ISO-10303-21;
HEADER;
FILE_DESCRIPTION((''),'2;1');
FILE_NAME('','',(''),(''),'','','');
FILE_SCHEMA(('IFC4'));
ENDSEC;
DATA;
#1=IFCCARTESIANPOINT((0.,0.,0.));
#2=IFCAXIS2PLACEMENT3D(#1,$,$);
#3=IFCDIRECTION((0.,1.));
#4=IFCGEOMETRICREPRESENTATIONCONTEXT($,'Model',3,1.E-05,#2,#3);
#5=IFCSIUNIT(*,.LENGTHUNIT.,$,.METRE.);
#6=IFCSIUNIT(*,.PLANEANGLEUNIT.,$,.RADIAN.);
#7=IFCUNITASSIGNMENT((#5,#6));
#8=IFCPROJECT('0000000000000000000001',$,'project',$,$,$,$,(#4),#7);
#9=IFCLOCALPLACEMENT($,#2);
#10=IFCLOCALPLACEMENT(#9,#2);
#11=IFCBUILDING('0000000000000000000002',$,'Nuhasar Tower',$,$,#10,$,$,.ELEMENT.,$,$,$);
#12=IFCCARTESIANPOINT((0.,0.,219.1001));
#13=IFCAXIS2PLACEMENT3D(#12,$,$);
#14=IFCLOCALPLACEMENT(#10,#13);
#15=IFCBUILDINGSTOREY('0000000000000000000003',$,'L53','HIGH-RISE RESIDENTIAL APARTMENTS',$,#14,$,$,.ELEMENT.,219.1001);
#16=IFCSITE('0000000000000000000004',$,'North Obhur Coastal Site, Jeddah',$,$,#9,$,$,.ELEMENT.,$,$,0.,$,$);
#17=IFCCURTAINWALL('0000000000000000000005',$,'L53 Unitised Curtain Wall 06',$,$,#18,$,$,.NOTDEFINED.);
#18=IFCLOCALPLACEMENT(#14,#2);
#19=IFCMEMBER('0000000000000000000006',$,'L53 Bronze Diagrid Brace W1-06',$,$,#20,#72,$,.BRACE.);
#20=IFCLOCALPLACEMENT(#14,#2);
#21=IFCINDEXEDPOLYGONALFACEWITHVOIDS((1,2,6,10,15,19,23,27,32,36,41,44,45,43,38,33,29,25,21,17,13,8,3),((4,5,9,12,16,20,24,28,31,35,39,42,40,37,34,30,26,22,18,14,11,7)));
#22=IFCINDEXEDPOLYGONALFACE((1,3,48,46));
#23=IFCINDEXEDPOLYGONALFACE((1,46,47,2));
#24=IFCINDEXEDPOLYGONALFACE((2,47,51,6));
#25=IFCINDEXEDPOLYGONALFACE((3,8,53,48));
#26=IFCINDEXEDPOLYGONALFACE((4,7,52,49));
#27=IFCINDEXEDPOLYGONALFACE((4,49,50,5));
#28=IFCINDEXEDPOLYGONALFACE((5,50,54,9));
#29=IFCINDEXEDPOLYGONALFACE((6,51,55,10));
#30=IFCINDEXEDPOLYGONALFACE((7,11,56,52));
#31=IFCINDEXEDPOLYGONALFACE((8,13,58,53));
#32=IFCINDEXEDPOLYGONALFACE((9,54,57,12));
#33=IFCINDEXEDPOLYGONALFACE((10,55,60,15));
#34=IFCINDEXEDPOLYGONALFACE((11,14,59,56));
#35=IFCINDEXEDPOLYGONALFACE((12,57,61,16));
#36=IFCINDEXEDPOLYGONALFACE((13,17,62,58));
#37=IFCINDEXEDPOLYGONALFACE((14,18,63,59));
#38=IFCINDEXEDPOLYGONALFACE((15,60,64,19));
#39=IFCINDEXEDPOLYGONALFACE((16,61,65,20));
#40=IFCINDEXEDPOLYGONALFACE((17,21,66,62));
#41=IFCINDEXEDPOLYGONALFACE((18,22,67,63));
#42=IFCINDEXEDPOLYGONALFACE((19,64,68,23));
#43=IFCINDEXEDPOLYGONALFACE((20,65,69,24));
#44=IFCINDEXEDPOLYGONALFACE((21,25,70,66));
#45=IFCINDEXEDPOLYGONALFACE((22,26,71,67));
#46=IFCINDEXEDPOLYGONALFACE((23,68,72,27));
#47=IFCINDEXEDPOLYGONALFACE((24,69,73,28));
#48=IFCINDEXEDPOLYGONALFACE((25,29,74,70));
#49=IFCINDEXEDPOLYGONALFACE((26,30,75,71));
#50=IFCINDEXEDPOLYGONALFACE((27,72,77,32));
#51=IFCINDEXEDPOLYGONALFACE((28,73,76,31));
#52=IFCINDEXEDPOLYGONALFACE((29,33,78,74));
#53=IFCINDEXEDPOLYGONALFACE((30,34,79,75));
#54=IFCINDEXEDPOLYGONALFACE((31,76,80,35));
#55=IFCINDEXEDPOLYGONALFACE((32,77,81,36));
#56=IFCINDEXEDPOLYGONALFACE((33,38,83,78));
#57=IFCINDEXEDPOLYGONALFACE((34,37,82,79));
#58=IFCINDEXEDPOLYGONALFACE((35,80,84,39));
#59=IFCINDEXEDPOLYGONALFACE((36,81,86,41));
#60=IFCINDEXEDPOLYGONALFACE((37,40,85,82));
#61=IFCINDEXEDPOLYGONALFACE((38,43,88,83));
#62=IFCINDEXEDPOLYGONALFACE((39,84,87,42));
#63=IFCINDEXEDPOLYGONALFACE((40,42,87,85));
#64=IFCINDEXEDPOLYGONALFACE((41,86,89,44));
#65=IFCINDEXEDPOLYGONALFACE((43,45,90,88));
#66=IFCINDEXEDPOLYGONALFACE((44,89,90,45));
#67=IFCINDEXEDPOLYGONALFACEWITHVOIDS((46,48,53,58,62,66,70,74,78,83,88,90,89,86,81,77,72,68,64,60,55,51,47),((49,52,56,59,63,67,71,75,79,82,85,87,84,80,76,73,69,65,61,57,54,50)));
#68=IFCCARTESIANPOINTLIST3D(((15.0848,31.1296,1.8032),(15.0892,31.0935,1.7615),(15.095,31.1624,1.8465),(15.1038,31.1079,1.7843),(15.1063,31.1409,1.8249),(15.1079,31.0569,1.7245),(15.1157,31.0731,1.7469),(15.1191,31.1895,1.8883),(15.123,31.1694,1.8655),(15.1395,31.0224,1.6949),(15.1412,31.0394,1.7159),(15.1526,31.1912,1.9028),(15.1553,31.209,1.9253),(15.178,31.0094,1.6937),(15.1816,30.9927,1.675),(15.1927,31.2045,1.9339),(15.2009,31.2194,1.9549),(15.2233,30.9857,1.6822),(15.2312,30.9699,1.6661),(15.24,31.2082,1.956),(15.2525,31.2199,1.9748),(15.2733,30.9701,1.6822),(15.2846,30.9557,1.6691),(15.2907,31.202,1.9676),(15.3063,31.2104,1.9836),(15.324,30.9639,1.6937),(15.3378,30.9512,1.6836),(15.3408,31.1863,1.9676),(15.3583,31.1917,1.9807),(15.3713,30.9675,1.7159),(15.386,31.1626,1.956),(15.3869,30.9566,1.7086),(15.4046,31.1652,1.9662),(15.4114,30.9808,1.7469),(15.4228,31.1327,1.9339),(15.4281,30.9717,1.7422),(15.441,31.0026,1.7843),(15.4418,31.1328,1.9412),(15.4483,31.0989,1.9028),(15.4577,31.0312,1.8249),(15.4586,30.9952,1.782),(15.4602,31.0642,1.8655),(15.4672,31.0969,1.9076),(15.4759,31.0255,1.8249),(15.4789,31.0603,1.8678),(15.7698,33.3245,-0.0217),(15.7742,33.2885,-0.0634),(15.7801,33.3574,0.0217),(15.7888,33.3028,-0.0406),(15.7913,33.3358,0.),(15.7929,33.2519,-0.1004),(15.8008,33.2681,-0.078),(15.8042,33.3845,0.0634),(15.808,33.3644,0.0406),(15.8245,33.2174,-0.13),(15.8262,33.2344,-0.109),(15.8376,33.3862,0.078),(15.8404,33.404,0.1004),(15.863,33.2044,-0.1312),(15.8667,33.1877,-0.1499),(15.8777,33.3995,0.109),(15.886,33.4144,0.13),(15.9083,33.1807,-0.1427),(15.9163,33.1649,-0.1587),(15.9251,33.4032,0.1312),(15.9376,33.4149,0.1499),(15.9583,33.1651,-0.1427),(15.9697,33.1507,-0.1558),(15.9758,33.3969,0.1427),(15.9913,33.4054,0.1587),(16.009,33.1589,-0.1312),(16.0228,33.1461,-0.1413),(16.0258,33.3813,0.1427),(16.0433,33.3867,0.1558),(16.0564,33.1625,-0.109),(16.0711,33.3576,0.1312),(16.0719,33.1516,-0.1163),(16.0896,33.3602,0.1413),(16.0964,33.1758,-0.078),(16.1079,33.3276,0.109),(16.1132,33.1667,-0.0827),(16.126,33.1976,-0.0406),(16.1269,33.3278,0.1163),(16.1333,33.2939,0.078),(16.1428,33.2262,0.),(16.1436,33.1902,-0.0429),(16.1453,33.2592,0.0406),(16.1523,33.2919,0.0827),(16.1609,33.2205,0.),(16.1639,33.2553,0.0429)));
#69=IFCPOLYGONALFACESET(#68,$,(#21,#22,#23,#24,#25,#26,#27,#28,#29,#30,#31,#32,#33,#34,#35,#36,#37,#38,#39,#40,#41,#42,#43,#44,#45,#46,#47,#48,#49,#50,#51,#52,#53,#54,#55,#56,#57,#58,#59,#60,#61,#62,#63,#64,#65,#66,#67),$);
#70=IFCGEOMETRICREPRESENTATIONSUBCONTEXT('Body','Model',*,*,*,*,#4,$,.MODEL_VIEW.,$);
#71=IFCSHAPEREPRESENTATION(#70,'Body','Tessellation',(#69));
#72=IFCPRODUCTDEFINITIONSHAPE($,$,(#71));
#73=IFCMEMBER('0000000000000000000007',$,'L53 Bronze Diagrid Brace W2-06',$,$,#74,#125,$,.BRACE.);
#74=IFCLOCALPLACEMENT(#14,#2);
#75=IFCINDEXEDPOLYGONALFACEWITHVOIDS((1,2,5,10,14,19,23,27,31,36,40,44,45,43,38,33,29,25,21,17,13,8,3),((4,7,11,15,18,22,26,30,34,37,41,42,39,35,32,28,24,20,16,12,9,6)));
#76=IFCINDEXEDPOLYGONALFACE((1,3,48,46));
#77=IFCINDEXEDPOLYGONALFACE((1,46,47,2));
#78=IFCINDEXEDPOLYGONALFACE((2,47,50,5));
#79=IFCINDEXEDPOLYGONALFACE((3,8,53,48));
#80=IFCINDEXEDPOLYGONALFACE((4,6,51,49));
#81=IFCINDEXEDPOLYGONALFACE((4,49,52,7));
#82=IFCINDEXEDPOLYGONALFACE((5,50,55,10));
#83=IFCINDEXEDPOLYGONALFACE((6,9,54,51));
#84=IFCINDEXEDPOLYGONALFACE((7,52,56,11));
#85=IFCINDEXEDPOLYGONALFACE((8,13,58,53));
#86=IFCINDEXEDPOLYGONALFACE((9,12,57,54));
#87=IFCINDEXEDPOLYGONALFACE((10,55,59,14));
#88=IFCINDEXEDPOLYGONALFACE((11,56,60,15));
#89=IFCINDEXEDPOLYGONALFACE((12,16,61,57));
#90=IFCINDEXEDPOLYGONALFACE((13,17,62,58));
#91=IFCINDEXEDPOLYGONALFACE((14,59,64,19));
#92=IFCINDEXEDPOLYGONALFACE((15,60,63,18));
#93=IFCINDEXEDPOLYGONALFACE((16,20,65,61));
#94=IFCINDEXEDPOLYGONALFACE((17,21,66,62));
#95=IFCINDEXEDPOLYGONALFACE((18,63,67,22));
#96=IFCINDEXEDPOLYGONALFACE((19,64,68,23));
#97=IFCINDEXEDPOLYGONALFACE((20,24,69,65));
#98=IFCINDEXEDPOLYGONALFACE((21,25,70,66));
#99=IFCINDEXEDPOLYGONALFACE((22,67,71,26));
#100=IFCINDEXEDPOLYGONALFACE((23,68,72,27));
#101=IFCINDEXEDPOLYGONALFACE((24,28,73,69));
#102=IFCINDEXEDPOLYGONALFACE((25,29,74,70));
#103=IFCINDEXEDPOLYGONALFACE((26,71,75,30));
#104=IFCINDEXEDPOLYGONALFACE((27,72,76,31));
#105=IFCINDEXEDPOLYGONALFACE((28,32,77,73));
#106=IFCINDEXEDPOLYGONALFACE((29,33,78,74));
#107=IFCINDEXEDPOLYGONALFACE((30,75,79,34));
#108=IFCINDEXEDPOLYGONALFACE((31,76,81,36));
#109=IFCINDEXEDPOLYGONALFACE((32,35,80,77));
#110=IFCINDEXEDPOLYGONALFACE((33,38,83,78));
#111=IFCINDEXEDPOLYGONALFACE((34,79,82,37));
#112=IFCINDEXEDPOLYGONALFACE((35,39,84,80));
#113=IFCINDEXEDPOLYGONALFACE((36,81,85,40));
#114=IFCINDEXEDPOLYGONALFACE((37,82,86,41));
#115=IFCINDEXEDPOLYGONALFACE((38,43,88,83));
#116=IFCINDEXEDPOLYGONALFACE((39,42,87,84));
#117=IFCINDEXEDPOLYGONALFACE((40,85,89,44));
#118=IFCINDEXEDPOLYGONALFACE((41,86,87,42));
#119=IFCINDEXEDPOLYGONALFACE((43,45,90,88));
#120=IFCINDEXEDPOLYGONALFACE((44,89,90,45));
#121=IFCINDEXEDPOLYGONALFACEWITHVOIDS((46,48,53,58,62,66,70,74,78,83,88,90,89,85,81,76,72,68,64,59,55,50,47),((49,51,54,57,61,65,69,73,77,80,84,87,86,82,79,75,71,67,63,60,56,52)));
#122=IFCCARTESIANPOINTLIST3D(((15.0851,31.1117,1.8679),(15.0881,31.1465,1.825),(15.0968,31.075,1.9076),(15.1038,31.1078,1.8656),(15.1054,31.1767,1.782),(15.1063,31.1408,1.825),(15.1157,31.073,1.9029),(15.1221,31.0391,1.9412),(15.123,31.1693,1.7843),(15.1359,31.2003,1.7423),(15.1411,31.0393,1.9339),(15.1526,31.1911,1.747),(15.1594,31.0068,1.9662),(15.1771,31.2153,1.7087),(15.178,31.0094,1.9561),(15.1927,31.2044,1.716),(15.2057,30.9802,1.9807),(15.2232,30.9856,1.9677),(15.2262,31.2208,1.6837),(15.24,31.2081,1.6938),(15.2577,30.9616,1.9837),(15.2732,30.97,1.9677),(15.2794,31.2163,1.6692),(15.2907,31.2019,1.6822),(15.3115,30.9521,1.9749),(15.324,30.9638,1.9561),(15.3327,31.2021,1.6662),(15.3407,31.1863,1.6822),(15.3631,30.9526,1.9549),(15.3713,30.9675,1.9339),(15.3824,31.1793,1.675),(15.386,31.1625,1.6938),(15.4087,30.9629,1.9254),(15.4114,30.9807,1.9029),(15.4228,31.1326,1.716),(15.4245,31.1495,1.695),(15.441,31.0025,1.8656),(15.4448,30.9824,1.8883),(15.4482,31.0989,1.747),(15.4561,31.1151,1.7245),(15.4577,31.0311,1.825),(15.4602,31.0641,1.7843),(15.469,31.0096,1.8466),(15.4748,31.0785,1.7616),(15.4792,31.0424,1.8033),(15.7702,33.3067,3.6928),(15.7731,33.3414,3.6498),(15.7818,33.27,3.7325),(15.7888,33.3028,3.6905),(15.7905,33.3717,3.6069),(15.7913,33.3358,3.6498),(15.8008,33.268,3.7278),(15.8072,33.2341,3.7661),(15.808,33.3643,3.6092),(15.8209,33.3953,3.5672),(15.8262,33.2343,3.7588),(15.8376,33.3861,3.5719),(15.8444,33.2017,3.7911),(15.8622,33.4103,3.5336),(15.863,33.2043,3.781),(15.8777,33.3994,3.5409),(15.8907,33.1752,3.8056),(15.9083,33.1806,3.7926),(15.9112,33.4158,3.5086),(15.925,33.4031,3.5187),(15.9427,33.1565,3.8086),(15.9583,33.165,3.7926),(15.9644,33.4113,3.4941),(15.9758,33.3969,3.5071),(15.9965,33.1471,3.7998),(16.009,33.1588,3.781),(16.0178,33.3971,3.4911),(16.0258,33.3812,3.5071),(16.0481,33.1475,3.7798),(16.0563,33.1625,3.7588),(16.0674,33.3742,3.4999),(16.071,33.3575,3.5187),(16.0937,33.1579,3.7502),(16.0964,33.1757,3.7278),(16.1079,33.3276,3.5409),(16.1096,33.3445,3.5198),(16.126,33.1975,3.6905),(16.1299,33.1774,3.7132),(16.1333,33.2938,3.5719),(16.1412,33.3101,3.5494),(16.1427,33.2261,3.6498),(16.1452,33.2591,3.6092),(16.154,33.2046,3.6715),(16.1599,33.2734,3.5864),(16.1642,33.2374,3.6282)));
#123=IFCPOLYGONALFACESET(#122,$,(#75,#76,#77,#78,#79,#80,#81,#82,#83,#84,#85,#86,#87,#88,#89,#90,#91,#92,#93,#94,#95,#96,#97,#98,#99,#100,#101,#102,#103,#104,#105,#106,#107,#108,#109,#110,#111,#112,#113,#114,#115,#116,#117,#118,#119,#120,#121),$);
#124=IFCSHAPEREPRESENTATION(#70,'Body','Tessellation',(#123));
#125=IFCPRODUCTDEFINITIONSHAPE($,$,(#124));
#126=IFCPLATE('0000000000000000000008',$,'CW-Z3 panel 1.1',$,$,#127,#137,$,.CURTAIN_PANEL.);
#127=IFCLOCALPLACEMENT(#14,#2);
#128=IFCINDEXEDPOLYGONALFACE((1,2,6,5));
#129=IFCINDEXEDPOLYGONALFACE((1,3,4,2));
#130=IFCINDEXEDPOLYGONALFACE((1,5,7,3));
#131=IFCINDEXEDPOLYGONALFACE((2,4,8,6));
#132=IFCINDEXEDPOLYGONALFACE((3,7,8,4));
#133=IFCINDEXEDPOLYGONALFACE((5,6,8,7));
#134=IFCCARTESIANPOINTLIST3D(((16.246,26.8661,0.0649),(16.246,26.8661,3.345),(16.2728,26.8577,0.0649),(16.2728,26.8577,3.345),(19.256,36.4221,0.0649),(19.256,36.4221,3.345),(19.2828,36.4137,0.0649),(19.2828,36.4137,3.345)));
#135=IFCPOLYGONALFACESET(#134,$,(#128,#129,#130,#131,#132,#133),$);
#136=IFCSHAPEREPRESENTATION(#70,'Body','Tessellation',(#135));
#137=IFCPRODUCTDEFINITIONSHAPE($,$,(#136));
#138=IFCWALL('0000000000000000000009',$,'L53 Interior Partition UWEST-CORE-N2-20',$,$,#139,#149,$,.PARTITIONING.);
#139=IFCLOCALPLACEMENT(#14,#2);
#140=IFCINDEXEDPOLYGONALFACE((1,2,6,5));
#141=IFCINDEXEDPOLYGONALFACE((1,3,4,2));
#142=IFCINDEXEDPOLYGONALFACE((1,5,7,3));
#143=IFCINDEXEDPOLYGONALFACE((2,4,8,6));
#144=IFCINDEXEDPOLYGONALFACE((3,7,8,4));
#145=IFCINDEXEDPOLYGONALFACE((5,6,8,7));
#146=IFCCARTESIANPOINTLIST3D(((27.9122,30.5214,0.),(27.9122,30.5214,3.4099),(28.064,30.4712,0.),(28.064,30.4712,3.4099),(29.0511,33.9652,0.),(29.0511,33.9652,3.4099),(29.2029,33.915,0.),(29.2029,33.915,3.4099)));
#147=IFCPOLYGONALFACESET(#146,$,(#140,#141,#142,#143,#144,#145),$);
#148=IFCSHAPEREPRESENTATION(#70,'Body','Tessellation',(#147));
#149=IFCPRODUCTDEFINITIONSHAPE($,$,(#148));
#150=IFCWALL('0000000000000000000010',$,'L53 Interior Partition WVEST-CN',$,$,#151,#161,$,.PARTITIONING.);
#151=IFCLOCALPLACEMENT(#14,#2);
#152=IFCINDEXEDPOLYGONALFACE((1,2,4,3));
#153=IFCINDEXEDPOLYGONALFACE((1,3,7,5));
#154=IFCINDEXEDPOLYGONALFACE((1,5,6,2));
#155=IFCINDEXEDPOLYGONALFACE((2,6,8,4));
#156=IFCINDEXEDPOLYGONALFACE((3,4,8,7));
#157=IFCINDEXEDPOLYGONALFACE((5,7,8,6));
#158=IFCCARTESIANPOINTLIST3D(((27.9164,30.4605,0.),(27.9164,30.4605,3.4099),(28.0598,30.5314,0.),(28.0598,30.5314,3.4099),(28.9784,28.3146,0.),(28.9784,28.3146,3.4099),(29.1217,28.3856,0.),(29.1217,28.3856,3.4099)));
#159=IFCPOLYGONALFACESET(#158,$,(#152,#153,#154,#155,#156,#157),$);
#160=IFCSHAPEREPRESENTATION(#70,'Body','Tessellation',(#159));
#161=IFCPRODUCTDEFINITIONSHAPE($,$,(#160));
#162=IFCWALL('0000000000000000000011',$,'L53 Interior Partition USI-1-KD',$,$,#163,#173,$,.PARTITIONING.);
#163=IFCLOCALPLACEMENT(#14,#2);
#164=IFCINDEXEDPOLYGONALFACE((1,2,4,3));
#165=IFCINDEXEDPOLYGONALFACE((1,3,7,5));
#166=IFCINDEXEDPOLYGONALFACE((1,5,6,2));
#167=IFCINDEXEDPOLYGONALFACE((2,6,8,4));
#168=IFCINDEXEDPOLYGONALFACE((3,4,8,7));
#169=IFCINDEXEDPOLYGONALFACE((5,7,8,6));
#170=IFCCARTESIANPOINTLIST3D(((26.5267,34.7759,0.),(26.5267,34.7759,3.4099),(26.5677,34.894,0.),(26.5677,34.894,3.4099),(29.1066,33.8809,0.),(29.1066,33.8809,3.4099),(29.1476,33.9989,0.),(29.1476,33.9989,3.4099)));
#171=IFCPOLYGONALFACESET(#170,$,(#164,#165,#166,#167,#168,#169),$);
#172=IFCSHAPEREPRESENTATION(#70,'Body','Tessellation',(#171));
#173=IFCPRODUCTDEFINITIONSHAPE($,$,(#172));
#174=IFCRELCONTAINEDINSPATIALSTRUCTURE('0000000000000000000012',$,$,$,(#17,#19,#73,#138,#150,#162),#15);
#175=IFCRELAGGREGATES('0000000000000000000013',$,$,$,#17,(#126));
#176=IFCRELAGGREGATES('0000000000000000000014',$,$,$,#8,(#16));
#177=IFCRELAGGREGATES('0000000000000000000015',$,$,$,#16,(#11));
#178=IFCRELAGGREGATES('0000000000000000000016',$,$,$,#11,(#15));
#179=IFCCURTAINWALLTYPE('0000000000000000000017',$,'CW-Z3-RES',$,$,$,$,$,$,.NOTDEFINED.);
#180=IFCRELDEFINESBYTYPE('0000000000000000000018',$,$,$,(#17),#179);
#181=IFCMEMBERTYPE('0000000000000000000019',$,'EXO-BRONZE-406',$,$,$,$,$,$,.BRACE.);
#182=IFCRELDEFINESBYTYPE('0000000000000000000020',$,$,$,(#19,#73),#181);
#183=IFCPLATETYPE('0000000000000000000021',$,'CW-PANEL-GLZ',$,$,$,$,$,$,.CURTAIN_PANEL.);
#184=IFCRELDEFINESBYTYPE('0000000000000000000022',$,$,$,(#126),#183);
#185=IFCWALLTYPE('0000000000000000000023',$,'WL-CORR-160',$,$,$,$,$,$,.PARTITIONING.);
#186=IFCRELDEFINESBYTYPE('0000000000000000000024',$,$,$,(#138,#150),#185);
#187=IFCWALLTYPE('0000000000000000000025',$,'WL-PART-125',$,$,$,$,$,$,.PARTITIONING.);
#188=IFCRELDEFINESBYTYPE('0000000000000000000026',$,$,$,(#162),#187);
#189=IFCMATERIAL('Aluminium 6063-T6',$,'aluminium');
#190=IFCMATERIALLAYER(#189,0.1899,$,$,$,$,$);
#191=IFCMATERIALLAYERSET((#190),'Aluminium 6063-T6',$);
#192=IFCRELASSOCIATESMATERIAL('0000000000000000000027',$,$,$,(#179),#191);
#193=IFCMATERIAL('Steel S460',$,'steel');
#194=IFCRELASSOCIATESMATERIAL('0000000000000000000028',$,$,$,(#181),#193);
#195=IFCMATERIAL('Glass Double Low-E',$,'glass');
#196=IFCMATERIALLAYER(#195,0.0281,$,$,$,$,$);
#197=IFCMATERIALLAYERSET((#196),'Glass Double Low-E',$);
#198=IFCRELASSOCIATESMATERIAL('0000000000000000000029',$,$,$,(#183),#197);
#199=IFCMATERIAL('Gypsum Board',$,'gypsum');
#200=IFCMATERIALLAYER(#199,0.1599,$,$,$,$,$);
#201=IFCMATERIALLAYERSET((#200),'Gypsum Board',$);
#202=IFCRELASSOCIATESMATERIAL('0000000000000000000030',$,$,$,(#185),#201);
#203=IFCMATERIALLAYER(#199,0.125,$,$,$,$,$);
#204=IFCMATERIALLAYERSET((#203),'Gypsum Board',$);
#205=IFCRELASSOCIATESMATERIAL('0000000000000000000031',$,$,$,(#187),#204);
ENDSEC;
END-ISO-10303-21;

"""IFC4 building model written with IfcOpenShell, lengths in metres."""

from ifc_helpers import new_model, si_unit, direction, frame, frame_2d, origin, origin_2d, place, context, subcontext, project, spatial, rectangle, hollow_circle, extrude, material, layer, layer_set, material_profile, profile_set, type_object, element, aggregate, save


model = new_model("IFC4")

# Units and contexts
model_context = context("Model", 3, precision=1e-05, world=origin(), true_north=direction((0.0, 1.0)))
body_context = subcontext(model_context, "Body", "Model", "MODEL_VIEW")
ifc_project = project(units=[si_unit("LENGTHUNIT", "METRE"), si_unit("PLANEANGLEUNIT", "RADIAN")], contexts=[model_context])

# Site, building, storey
site_placement = place(None, origin())
site = spatial("IfcSite", under=ifc_project, at=site_placement, Name="North Obhur Coastal Site, Jeddah", CompositionType="ELEMENT", RefElevation=0.0)
building_placement = place(site_placement, origin())
building = spatial("IfcBuilding", under=site, at=building_placement, Name="Nuhasar Tower", CompositionType="ELEMENT")
storey_placement = place(building_placement, frame((0.0, 0.0, 219.1001)))
storey = spatial("IfcBuildingStorey", under=building, at=storey_placement, Name="L53", Description="HIGH-RISE RESIDENTIAL APARTMENTS", CompositionType="ELEMENT", Elevation=219.1001)

# Curtain wall
ifc_material_1 = material(Name="Aluminium 6063-T6", Category="aluminium")
ifc_layer_1 = layer(ifc_material_1, 0.1899)
ifc_layer_set_1 = layer_set([ifc_layer_1], Name="Aluminium 6063-T6")
curtain_wall_type = type_object("IfcCurtainWallType", Name="CW-Z3-RES", PredefinedType="NOTDEFINED", material=ifc_layer_set_1)
curtain_wall_placement = place(storey_placement, origin())
curtain_wall = element("IfcCurtainWall", 1, at=curtain_wall_placement, inside=storey, type_object=curtain_wall_type, Name="L53 Unitised Curtain Wall 06", PredefinedType="NOTDEFINED")

# Members
ifc_material_2 = material(Name="Steel S460", Category="steel")
ifc_material_profile_1 = material_profile(ifc_material_2, hollow_circle(Radius=0.2031, WallThickness=0.019, at=origin_2d()), Name="HSS406.4X19.1")
ifc_profile_set_1 = profile_set([ifc_material_profile_1], Name="Steel S460")
member_type_1 = type_object("IfcMemberType", Name="EXO-BRONZE-406", PredefinedType="BRACE", material=ifc_profile_set_1)
for number, where, z_axis, x_axis, name in (
    (2, (15.967, 33.281, 0.0), (-0.233358, -0.747727, 0.62165), (0.954591, -0.297918, 0.0), "L53 Bronze Diagrid Brace W1-06"),
    (3, (15.282, 31.0859, 1.825), (0.233358, 0.747727, 0.62165), (-0.954591, 0.297918, 0.0), "L53 Bronze Diagrid Brace W2-06"),
):
    element("IfcMember", number, at=place(storey_placement, frame(where, z_axis=z_axis, x_axis=x_axis)), inside=storey, type_object=member_type_1, Name=name, PredefinedType="BRACE", context=body_context, shape_type="SweptSolid", body=[
        extrude(hollow_circle(Radius=0.2031, WallThickness=0.019, at=origin_2d()), origin(), (0.0, 0.0, 1.0), 2.9355),
    ])

# Plate
ifc_material_3 = material(Name="Glass Double Low-E", Category="glass")
ifc_layer_2 = layer(ifc_material_3, 0.0281)
ifc_layer_set_2 = layer_set([ifc_layer_2], Name="Glass Double Low-E")
plate_type = type_object("IfcPlateType", Name="CW-PANEL-GLZ", PredefinedType="CURTAIN_PANEL", material=ifc_layer_set_2)
plate_placement = place(storey_placement, frame((17.7644, 31.6399, 0.0649), z_axis=(0.0, 0.0, 1.0), x_axis=(-0.300429, -0.953804, 0.0)))
plate = element("IfcPlate", 4, at=plate_placement, type_object=plate_type, Name="CW-Z3 panel 1.1", PredefinedType="CURTAIN_PANEL", context=body_context, shape_type="SweptSolid", body=[
    extrude(rectangle(XDim=10.0188, YDim=0.0281, at=origin_2d()), origin(), (0.0, 0.0, 1.0), 3.28),
])
aggregate(curtain_wall, [plate])

# Wall
ifc_material_4 = material(Name="Gypsum Board", Category="gypsum")
ifc_layer_3 = layer(ifc_material_4, 0.1599)
ifc_layer_set_3 = layer_set([ifc_layer_3], Name="Gypsum Board")
wall_type_1 = type_object("IfcWallType", Name="WL-CORR-160", PredefinedType="PARTITIONING", material=ifc_layer_set_3)
wall_1_placement = place(storey_placement, frame((29.127, 33.9399, 0.0), z_axis=(0.0, 0.0, 1.0), x_axis=(-0.313986, -0.949428, 0.0)))
element("IfcWall", 5, at=wall_1_placement, inside=storey, type_object=wall_type_1, Name="L53 Interior Partition UWEST-CORE-N2-20", PredefinedType="PARTITIONING", context=body_context, shape_type="SweptSolid", body=[
    extrude(rectangle(XDim=3.6272, YDim=0.1599, at=frame_2d((1.8135, 0.0))), origin(), (0.0, 0.0, 1.0), 3.4099),
])

# Walls
wall_2_placement = place(storey_placement, frame((27.988, 30.4961, 0.0), z_axis=(0.0, 0.0, 1.0), x_axis=(0.443539, -0.896255, 0.0)))
element("IfcWall", 6, at=wall_2_placement, inside=storey, type_object=wall_type_1, Name="L53 Interior Partition WVEST-CN", PredefinedType="PARTITIONING", context=body_context, shape_type="SweptSolid", body=[
    extrude(rectangle(XDim=2.3943, YDim=0.1599, at=frame_2d((1.1973, 0.0))), origin(), (0.0, 0.0, 1.0), 3.4099),
])
ifc_layer_4 = layer(ifc_material_4, 0.125)
ifc_layer_set_4 = layer_set([ifc_layer_4], Name="Gypsum Board")
wall_type_2 = type_object("IfcWallType", Name="WL-PART-125", PredefinedType="PARTITIONING", material=ifc_layer_set_4)
wall_3_placement = place(storey_placement, frame((29.127, 33.9399, 0.0), z_axis=(0.0, 0.0, 1.0), x_axis=(-0.944759, 0.327765, 0.0)))
element("IfcWall", 7, at=wall_3_placement, inside=storey, type_object=wall_type_2, Name="L53 Interior Partition USI-1-KD", PredefinedType="PARTITIONING", context=body_context, shape_type="SweptSolid", body=[
    extrude(rectangle(XDim=2.7307, YDim=0.125, at=frame_2d((1.3652, 0.0))), origin(), (0.0, 0.0, 1.0), 3.4099),
])

save(model, "model.ifc")
